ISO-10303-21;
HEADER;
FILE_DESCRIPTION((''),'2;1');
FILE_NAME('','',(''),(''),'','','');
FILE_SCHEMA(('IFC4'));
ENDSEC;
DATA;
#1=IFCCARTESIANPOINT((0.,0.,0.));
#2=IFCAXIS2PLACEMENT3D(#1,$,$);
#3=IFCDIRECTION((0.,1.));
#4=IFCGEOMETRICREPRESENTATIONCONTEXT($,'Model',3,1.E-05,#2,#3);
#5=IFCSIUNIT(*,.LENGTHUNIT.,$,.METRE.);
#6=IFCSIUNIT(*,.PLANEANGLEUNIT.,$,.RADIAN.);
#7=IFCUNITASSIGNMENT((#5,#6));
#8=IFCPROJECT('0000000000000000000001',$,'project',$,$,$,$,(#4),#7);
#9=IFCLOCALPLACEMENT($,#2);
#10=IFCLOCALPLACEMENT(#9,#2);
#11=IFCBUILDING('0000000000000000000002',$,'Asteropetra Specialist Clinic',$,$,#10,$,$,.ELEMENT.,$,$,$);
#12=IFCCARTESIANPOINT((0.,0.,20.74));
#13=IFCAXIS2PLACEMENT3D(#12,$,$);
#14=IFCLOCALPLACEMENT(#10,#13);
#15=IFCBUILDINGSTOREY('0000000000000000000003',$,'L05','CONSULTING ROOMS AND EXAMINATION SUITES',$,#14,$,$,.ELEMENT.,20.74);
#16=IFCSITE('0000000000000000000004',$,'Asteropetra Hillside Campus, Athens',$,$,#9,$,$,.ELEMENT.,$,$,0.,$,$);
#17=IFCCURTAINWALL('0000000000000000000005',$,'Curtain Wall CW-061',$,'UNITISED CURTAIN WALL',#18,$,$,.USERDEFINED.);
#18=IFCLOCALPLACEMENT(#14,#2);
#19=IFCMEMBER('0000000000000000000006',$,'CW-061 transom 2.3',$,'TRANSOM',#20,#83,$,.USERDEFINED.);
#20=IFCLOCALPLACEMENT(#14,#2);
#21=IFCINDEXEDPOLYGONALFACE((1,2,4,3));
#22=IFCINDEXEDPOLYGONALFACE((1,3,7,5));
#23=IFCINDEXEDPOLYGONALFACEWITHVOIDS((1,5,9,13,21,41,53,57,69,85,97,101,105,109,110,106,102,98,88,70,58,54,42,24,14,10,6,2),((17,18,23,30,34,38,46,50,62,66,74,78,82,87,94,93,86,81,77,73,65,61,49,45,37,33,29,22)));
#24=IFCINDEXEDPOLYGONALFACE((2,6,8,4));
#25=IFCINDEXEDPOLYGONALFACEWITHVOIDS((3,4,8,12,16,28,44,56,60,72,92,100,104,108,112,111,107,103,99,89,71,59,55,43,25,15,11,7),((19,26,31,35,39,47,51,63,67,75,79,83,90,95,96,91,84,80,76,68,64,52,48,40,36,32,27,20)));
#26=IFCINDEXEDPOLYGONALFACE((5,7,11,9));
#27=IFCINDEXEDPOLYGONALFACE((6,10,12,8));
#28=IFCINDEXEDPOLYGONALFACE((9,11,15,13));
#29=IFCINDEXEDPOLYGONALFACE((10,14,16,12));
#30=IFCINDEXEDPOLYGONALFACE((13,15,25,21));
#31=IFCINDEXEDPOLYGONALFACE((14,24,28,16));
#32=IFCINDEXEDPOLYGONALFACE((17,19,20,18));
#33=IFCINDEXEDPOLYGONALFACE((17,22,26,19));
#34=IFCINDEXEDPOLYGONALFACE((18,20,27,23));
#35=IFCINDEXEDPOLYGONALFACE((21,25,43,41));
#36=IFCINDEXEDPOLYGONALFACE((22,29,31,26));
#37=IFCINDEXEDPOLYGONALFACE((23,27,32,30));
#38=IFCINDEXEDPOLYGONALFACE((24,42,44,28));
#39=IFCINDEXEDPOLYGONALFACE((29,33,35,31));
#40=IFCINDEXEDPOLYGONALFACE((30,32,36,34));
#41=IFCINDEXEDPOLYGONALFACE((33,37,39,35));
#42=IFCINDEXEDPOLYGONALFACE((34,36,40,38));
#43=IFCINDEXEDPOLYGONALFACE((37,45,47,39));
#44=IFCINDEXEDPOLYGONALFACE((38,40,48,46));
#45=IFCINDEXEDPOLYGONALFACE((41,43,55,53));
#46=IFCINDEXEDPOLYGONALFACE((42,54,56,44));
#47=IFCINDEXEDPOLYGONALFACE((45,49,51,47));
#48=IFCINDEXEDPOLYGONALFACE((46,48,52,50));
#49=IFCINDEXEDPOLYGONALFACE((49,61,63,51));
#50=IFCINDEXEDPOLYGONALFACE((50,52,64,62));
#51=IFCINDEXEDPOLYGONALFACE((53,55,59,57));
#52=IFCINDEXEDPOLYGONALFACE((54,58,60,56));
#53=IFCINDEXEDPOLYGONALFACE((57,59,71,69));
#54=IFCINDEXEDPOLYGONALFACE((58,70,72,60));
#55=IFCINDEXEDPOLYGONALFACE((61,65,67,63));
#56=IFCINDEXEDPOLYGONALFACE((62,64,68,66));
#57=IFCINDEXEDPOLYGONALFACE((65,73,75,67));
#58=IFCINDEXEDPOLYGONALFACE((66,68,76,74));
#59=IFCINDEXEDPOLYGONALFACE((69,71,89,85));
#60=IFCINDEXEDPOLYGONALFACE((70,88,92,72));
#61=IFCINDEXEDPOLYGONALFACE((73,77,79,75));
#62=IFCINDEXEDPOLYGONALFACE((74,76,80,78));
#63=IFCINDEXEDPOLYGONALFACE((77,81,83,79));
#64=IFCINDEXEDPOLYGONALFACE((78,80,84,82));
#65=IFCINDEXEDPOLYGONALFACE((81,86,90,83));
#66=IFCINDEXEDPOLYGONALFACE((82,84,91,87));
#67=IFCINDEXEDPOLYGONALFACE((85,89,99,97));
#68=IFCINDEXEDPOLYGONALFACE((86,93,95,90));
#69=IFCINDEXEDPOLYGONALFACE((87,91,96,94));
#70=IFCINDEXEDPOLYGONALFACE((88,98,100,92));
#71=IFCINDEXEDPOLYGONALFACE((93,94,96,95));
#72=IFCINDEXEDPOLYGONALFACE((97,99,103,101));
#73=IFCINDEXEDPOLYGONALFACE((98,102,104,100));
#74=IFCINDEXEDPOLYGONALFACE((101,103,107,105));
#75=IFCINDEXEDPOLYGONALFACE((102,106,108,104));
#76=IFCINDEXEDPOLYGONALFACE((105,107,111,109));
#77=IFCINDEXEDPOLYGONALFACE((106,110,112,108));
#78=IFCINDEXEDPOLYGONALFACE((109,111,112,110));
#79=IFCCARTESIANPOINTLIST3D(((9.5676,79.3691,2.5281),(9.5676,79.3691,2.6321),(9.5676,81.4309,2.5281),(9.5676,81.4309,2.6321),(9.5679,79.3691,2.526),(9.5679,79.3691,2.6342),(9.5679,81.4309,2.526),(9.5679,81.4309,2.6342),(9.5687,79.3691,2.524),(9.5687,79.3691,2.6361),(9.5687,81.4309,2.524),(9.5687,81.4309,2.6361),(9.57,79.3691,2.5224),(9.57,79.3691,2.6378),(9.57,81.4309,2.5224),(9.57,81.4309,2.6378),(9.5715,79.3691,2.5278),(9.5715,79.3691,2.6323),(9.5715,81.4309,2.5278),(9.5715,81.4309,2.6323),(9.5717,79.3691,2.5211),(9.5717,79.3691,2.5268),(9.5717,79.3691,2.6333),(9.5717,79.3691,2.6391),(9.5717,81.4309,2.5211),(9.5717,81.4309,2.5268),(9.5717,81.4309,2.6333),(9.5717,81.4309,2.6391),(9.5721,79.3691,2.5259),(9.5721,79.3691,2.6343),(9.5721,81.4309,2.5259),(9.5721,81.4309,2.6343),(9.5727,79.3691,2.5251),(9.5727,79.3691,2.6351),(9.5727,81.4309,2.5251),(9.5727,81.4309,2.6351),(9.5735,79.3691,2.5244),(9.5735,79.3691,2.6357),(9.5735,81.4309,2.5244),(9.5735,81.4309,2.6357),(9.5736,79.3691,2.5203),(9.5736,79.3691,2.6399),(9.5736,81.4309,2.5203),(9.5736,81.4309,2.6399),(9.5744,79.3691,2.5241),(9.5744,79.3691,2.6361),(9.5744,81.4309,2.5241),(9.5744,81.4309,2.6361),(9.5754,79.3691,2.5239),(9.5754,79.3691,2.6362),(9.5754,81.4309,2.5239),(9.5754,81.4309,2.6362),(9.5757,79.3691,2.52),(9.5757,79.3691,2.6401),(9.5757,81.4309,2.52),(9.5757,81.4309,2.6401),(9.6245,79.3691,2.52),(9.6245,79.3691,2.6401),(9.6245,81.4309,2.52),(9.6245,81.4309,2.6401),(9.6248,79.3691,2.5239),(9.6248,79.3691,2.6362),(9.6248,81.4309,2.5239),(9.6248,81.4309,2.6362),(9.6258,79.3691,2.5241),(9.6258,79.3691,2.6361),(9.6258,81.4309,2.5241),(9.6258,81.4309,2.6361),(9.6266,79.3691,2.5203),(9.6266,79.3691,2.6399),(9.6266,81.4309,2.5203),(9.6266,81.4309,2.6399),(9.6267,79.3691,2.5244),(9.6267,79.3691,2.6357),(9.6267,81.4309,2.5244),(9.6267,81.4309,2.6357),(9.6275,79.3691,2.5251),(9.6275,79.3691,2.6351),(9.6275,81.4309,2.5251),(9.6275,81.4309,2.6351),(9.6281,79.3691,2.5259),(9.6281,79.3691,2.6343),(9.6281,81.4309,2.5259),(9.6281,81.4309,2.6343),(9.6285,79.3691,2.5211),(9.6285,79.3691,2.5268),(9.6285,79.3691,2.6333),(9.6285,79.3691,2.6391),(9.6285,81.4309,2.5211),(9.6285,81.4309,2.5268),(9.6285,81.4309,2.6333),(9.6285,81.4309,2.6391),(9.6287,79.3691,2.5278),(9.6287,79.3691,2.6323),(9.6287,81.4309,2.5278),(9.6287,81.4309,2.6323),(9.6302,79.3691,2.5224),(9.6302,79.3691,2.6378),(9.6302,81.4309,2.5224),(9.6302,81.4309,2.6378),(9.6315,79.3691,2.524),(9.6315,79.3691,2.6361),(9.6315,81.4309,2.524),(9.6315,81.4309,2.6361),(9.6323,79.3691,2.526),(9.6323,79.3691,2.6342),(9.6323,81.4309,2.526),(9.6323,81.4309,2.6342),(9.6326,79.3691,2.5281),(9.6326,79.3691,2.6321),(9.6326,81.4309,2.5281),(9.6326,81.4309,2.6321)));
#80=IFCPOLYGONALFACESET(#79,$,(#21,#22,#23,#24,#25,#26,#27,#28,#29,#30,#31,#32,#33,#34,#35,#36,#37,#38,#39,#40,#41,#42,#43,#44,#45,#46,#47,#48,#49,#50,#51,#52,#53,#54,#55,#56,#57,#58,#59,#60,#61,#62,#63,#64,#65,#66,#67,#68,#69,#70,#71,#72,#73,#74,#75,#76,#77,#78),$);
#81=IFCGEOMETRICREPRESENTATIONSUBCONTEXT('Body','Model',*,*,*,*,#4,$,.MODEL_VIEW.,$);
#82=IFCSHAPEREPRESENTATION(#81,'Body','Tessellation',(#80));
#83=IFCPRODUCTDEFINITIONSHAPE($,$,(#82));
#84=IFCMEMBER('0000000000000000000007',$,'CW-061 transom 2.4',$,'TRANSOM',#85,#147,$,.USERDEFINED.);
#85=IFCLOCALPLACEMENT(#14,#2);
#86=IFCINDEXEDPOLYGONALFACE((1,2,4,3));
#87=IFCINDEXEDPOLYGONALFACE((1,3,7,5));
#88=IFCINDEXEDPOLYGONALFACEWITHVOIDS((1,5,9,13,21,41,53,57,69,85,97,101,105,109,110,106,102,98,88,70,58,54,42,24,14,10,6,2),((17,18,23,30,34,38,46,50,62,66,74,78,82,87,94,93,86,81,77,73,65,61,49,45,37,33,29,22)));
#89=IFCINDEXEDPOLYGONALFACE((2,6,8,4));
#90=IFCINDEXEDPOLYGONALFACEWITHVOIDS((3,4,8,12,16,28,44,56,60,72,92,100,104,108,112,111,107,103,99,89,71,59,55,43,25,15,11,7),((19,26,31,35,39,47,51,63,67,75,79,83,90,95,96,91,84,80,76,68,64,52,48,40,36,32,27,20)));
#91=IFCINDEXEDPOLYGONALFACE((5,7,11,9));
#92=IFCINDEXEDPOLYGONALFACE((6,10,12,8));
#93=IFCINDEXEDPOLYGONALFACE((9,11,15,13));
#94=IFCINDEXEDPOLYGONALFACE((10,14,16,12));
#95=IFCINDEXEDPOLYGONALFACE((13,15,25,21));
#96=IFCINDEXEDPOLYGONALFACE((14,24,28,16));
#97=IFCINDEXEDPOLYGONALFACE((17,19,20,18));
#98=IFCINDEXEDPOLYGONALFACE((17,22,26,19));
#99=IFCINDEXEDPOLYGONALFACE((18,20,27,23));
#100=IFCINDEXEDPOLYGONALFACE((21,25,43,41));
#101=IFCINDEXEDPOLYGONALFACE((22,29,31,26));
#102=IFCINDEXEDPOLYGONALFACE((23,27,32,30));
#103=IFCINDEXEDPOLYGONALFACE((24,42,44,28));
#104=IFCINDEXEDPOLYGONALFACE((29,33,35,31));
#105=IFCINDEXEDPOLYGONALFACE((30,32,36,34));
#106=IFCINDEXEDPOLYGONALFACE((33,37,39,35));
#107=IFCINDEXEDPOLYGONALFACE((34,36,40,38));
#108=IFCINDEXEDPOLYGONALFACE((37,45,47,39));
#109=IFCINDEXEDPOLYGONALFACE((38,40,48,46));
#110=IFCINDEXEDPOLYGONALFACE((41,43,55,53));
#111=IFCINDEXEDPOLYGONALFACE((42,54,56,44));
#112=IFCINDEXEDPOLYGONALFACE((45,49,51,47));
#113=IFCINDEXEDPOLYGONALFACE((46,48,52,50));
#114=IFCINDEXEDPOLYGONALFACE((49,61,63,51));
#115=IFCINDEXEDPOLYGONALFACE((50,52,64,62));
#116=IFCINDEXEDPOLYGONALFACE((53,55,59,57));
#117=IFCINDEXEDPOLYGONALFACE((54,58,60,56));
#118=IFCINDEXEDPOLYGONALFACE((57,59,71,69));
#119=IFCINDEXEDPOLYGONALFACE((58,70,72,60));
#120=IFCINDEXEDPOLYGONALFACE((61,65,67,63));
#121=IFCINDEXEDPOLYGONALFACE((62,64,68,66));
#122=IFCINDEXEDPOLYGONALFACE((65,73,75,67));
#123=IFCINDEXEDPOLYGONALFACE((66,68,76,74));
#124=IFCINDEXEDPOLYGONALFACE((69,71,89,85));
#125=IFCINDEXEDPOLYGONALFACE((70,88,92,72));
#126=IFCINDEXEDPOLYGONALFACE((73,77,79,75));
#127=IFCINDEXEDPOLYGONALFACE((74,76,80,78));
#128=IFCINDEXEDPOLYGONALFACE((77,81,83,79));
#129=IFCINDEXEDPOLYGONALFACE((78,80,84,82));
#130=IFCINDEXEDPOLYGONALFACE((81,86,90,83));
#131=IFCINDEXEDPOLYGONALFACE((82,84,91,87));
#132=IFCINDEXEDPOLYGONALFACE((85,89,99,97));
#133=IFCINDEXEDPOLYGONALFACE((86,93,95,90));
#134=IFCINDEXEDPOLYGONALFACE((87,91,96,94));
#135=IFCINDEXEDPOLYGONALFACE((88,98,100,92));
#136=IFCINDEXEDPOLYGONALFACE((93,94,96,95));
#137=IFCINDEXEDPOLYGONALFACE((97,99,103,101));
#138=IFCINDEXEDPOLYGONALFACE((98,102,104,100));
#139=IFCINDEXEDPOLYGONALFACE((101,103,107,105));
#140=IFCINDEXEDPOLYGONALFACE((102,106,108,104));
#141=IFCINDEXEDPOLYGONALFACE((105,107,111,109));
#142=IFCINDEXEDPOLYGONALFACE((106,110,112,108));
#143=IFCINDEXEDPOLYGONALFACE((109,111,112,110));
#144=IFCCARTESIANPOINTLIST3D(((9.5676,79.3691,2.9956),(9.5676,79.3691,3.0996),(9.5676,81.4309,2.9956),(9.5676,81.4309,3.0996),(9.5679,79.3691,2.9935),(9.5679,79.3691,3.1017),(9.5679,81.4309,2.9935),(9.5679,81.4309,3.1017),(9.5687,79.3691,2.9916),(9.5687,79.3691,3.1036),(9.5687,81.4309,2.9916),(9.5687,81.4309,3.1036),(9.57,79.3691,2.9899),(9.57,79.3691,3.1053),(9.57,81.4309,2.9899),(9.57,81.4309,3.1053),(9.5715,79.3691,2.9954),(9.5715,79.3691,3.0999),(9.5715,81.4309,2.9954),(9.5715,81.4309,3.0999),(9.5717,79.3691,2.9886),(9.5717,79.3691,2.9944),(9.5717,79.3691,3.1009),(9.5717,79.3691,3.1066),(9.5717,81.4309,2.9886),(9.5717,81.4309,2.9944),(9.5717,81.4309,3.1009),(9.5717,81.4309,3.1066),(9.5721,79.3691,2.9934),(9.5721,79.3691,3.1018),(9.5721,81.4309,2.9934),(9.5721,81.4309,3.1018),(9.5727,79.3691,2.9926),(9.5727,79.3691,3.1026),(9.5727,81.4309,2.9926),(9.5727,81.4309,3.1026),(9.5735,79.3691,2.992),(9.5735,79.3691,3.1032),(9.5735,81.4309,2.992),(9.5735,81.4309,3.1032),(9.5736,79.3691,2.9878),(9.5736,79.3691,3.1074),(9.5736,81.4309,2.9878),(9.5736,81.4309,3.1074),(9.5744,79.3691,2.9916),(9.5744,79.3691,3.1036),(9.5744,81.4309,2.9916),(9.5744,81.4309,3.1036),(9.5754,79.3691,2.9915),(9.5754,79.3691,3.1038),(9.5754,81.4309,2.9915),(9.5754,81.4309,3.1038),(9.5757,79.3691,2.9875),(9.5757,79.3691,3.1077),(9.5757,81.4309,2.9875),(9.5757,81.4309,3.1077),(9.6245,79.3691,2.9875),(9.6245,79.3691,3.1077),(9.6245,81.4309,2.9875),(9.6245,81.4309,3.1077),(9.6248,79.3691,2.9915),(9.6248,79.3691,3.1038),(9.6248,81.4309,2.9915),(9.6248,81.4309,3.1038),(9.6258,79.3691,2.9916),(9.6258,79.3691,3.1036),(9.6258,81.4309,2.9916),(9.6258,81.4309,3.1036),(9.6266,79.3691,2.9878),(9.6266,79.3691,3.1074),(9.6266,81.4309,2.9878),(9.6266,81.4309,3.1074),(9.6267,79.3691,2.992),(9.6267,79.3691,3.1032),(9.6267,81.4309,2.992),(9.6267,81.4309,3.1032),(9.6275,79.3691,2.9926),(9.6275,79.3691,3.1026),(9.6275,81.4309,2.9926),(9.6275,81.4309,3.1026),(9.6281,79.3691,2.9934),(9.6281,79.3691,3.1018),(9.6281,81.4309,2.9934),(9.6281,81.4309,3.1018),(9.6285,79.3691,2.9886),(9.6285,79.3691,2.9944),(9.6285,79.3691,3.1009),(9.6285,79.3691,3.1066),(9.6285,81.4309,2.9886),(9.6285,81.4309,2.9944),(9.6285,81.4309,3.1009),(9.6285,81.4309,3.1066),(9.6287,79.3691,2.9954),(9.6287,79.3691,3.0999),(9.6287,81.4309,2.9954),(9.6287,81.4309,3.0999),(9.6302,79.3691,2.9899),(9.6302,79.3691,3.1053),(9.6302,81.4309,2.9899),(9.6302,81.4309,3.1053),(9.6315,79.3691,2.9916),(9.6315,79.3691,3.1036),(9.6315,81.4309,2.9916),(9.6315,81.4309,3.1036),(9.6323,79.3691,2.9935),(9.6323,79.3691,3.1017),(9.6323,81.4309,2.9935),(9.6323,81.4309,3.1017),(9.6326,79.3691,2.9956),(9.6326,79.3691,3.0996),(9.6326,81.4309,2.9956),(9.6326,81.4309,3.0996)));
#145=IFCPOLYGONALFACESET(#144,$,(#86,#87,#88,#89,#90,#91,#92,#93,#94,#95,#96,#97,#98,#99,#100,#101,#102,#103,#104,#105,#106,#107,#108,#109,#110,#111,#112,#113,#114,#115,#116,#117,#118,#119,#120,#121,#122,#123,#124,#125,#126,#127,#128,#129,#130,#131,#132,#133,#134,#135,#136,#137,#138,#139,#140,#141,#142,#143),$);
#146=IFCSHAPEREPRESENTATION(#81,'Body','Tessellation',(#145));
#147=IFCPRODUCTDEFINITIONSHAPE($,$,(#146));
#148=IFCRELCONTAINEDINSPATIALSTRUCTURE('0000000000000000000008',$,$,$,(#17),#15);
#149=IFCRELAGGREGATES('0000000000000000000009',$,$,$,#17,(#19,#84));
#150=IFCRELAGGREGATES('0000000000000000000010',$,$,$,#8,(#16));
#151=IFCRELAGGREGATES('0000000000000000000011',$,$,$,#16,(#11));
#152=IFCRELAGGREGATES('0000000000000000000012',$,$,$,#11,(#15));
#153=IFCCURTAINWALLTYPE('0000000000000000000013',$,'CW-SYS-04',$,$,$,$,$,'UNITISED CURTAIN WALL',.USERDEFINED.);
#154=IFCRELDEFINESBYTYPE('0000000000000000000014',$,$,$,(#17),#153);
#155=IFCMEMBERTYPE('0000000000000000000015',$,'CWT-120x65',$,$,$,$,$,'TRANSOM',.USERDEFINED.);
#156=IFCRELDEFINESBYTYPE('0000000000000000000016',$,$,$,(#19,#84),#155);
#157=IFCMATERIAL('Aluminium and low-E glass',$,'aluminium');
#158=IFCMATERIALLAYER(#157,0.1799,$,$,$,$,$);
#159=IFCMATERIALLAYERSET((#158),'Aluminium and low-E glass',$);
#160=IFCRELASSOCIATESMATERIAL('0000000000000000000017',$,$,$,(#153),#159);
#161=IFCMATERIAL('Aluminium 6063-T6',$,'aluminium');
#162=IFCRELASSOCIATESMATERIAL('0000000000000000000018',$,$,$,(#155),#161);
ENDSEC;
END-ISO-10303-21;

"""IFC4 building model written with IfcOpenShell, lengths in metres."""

from ifc_helpers import new_model, si_unit, direction, frame, origin, origin_2d, place, context, subcontext, project, spatial, hollow_rectangle, extrude, material, layer, layer_set, material_profile, profile_set, type_object, element, aggregate, save


model = new_model("IFC4")

# Units and contexts
model_context = context("Model", 3, precision=1e-05, world=origin(), true_north=direction((0.0, 1.0)))
body_context = subcontext(model_context, "Body", "Model", "MODEL_VIEW")
ifc_project = project(units=[si_unit("LENGTHUNIT", "METRE"), si_unit("PLANEANGLEUNIT", "RADIAN")], contexts=[model_context])

# Site, building, storey
site_placement = place(None, origin())
site = spatial("IfcSite", under=ifc_project, at=site_placement, Name="Asteropetra Hillside Campus, Athens", CompositionType="ELEMENT", RefElevation=0.0)
building_placement = place(site_placement, origin())
building = spatial("IfcBuilding", under=site, at=building_placement, Name="Asteropetra Specialist Clinic", CompositionType="ELEMENT")
storey_placement = place(building_placement, frame((0.0, 0.0, 20.74)))
storey = spatial("IfcBuildingStorey", under=building, at=storey_placement, Name="L05", Description="CONSULTING ROOMS AND EXAMINATION SUITES", CompositionType="ELEMENT", Elevation=20.74)

# Curtain wall
ifc_material_1 = material(Name="Aluminium and low-E glass", Category="aluminium")
ifc_layer_1 = layer(ifc_material_1, 0.1799)
ifc_layer_set_1 = layer_set([ifc_layer_1], Name="Aluminium and low-E glass")
curtain_wall_type_1 = type_object("IfcCurtainWallType", Name="CW-SYS-04", ElementType="UNITISED CURTAIN WALL", PredefinedType="USERDEFINED", material=ifc_layer_set_1)
curtain_wall_1_placement = place(storey_placement, origin())
curtain_wall_1 = element("IfcCurtainWall", 1, at=curtain_wall_1_placement, inside=storey, type_object=curtain_wall_type_1, Name="Curtain Wall CW-061", ObjectType="UNITISED CURTAIN WALL", PredefinedType="USERDEFINED")

# Members
ifc_material_2 = material(Name="Aluminium 6063-T6", Category="aluminium")
ifc_material_profile_1 = material_profile(ifc_material_2, hollow_rectangle(XDim=0.0649, YDim=0.1201, WallThickness=0.0039, InnerFilletRadius=0.0039, OuterFilletRadius=0.0081, at=origin_2d()), Name="TRN 120x65x4.0")
ifc_profile_set_1 = profile_set([ifc_material_profile_1], Name="Aluminium 6063-T6")
member_type_1 = type_object("IfcMemberType", Name="CWT-120x65", ElementType="TRANSOM", PredefinedType="USERDEFINED", material=ifc_profile_set_1)
member_1_placement = place(storey_placement, frame((9.6001, 81.4309, 2.5801), z_axis=(0.0, -1.0, 0.0), x_axis=(1.0, 0.0, 0.0)))
member_1 = element("IfcMember", 2, at=member_1_placement, type_object=member_type_1, Name="CW-061 transom 2.3", ObjectType="TRANSOM", PredefinedType="USERDEFINED", context=body_context, shape_type="SweptSolid", body=[
    extrude(hollow_rectangle(XDim=0.0649, YDim=0.1201, WallThickness=0.0039, InnerFilletRadius=0.0039, OuterFilletRadius=0.0081, at=origin_2d()), origin(), (0.0, 0.0, 1.0), 2.0618),
])
member_2_placement = place(storey_placement, frame((9.6001, 81.4309, 3.0476), z_axis=(0.0, -1.0, 0.0), x_axis=(1.0, 0.0, 0.0)))
member_2 = element("IfcMember", 3, at=member_2_placement, type_object=member_type_1, Name="CW-061 transom 2.4", ObjectType="TRANSOM", PredefinedType="USERDEFINED", context=body_context, shape_type="SweptSolid", body=[
    extrude(hollow_rectangle(XDim=0.0649, YDim=0.1201, WallThickness=0.0039, InnerFilletRadius=0.0039, OuterFilletRadius=0.0081, at=origin_2d()), origin(), (0.0, 0.0, 1.0), 2.0618),
])

aggregate(curtain_wall_1, [member_1, member_2])

save(model, "model.ifc")
